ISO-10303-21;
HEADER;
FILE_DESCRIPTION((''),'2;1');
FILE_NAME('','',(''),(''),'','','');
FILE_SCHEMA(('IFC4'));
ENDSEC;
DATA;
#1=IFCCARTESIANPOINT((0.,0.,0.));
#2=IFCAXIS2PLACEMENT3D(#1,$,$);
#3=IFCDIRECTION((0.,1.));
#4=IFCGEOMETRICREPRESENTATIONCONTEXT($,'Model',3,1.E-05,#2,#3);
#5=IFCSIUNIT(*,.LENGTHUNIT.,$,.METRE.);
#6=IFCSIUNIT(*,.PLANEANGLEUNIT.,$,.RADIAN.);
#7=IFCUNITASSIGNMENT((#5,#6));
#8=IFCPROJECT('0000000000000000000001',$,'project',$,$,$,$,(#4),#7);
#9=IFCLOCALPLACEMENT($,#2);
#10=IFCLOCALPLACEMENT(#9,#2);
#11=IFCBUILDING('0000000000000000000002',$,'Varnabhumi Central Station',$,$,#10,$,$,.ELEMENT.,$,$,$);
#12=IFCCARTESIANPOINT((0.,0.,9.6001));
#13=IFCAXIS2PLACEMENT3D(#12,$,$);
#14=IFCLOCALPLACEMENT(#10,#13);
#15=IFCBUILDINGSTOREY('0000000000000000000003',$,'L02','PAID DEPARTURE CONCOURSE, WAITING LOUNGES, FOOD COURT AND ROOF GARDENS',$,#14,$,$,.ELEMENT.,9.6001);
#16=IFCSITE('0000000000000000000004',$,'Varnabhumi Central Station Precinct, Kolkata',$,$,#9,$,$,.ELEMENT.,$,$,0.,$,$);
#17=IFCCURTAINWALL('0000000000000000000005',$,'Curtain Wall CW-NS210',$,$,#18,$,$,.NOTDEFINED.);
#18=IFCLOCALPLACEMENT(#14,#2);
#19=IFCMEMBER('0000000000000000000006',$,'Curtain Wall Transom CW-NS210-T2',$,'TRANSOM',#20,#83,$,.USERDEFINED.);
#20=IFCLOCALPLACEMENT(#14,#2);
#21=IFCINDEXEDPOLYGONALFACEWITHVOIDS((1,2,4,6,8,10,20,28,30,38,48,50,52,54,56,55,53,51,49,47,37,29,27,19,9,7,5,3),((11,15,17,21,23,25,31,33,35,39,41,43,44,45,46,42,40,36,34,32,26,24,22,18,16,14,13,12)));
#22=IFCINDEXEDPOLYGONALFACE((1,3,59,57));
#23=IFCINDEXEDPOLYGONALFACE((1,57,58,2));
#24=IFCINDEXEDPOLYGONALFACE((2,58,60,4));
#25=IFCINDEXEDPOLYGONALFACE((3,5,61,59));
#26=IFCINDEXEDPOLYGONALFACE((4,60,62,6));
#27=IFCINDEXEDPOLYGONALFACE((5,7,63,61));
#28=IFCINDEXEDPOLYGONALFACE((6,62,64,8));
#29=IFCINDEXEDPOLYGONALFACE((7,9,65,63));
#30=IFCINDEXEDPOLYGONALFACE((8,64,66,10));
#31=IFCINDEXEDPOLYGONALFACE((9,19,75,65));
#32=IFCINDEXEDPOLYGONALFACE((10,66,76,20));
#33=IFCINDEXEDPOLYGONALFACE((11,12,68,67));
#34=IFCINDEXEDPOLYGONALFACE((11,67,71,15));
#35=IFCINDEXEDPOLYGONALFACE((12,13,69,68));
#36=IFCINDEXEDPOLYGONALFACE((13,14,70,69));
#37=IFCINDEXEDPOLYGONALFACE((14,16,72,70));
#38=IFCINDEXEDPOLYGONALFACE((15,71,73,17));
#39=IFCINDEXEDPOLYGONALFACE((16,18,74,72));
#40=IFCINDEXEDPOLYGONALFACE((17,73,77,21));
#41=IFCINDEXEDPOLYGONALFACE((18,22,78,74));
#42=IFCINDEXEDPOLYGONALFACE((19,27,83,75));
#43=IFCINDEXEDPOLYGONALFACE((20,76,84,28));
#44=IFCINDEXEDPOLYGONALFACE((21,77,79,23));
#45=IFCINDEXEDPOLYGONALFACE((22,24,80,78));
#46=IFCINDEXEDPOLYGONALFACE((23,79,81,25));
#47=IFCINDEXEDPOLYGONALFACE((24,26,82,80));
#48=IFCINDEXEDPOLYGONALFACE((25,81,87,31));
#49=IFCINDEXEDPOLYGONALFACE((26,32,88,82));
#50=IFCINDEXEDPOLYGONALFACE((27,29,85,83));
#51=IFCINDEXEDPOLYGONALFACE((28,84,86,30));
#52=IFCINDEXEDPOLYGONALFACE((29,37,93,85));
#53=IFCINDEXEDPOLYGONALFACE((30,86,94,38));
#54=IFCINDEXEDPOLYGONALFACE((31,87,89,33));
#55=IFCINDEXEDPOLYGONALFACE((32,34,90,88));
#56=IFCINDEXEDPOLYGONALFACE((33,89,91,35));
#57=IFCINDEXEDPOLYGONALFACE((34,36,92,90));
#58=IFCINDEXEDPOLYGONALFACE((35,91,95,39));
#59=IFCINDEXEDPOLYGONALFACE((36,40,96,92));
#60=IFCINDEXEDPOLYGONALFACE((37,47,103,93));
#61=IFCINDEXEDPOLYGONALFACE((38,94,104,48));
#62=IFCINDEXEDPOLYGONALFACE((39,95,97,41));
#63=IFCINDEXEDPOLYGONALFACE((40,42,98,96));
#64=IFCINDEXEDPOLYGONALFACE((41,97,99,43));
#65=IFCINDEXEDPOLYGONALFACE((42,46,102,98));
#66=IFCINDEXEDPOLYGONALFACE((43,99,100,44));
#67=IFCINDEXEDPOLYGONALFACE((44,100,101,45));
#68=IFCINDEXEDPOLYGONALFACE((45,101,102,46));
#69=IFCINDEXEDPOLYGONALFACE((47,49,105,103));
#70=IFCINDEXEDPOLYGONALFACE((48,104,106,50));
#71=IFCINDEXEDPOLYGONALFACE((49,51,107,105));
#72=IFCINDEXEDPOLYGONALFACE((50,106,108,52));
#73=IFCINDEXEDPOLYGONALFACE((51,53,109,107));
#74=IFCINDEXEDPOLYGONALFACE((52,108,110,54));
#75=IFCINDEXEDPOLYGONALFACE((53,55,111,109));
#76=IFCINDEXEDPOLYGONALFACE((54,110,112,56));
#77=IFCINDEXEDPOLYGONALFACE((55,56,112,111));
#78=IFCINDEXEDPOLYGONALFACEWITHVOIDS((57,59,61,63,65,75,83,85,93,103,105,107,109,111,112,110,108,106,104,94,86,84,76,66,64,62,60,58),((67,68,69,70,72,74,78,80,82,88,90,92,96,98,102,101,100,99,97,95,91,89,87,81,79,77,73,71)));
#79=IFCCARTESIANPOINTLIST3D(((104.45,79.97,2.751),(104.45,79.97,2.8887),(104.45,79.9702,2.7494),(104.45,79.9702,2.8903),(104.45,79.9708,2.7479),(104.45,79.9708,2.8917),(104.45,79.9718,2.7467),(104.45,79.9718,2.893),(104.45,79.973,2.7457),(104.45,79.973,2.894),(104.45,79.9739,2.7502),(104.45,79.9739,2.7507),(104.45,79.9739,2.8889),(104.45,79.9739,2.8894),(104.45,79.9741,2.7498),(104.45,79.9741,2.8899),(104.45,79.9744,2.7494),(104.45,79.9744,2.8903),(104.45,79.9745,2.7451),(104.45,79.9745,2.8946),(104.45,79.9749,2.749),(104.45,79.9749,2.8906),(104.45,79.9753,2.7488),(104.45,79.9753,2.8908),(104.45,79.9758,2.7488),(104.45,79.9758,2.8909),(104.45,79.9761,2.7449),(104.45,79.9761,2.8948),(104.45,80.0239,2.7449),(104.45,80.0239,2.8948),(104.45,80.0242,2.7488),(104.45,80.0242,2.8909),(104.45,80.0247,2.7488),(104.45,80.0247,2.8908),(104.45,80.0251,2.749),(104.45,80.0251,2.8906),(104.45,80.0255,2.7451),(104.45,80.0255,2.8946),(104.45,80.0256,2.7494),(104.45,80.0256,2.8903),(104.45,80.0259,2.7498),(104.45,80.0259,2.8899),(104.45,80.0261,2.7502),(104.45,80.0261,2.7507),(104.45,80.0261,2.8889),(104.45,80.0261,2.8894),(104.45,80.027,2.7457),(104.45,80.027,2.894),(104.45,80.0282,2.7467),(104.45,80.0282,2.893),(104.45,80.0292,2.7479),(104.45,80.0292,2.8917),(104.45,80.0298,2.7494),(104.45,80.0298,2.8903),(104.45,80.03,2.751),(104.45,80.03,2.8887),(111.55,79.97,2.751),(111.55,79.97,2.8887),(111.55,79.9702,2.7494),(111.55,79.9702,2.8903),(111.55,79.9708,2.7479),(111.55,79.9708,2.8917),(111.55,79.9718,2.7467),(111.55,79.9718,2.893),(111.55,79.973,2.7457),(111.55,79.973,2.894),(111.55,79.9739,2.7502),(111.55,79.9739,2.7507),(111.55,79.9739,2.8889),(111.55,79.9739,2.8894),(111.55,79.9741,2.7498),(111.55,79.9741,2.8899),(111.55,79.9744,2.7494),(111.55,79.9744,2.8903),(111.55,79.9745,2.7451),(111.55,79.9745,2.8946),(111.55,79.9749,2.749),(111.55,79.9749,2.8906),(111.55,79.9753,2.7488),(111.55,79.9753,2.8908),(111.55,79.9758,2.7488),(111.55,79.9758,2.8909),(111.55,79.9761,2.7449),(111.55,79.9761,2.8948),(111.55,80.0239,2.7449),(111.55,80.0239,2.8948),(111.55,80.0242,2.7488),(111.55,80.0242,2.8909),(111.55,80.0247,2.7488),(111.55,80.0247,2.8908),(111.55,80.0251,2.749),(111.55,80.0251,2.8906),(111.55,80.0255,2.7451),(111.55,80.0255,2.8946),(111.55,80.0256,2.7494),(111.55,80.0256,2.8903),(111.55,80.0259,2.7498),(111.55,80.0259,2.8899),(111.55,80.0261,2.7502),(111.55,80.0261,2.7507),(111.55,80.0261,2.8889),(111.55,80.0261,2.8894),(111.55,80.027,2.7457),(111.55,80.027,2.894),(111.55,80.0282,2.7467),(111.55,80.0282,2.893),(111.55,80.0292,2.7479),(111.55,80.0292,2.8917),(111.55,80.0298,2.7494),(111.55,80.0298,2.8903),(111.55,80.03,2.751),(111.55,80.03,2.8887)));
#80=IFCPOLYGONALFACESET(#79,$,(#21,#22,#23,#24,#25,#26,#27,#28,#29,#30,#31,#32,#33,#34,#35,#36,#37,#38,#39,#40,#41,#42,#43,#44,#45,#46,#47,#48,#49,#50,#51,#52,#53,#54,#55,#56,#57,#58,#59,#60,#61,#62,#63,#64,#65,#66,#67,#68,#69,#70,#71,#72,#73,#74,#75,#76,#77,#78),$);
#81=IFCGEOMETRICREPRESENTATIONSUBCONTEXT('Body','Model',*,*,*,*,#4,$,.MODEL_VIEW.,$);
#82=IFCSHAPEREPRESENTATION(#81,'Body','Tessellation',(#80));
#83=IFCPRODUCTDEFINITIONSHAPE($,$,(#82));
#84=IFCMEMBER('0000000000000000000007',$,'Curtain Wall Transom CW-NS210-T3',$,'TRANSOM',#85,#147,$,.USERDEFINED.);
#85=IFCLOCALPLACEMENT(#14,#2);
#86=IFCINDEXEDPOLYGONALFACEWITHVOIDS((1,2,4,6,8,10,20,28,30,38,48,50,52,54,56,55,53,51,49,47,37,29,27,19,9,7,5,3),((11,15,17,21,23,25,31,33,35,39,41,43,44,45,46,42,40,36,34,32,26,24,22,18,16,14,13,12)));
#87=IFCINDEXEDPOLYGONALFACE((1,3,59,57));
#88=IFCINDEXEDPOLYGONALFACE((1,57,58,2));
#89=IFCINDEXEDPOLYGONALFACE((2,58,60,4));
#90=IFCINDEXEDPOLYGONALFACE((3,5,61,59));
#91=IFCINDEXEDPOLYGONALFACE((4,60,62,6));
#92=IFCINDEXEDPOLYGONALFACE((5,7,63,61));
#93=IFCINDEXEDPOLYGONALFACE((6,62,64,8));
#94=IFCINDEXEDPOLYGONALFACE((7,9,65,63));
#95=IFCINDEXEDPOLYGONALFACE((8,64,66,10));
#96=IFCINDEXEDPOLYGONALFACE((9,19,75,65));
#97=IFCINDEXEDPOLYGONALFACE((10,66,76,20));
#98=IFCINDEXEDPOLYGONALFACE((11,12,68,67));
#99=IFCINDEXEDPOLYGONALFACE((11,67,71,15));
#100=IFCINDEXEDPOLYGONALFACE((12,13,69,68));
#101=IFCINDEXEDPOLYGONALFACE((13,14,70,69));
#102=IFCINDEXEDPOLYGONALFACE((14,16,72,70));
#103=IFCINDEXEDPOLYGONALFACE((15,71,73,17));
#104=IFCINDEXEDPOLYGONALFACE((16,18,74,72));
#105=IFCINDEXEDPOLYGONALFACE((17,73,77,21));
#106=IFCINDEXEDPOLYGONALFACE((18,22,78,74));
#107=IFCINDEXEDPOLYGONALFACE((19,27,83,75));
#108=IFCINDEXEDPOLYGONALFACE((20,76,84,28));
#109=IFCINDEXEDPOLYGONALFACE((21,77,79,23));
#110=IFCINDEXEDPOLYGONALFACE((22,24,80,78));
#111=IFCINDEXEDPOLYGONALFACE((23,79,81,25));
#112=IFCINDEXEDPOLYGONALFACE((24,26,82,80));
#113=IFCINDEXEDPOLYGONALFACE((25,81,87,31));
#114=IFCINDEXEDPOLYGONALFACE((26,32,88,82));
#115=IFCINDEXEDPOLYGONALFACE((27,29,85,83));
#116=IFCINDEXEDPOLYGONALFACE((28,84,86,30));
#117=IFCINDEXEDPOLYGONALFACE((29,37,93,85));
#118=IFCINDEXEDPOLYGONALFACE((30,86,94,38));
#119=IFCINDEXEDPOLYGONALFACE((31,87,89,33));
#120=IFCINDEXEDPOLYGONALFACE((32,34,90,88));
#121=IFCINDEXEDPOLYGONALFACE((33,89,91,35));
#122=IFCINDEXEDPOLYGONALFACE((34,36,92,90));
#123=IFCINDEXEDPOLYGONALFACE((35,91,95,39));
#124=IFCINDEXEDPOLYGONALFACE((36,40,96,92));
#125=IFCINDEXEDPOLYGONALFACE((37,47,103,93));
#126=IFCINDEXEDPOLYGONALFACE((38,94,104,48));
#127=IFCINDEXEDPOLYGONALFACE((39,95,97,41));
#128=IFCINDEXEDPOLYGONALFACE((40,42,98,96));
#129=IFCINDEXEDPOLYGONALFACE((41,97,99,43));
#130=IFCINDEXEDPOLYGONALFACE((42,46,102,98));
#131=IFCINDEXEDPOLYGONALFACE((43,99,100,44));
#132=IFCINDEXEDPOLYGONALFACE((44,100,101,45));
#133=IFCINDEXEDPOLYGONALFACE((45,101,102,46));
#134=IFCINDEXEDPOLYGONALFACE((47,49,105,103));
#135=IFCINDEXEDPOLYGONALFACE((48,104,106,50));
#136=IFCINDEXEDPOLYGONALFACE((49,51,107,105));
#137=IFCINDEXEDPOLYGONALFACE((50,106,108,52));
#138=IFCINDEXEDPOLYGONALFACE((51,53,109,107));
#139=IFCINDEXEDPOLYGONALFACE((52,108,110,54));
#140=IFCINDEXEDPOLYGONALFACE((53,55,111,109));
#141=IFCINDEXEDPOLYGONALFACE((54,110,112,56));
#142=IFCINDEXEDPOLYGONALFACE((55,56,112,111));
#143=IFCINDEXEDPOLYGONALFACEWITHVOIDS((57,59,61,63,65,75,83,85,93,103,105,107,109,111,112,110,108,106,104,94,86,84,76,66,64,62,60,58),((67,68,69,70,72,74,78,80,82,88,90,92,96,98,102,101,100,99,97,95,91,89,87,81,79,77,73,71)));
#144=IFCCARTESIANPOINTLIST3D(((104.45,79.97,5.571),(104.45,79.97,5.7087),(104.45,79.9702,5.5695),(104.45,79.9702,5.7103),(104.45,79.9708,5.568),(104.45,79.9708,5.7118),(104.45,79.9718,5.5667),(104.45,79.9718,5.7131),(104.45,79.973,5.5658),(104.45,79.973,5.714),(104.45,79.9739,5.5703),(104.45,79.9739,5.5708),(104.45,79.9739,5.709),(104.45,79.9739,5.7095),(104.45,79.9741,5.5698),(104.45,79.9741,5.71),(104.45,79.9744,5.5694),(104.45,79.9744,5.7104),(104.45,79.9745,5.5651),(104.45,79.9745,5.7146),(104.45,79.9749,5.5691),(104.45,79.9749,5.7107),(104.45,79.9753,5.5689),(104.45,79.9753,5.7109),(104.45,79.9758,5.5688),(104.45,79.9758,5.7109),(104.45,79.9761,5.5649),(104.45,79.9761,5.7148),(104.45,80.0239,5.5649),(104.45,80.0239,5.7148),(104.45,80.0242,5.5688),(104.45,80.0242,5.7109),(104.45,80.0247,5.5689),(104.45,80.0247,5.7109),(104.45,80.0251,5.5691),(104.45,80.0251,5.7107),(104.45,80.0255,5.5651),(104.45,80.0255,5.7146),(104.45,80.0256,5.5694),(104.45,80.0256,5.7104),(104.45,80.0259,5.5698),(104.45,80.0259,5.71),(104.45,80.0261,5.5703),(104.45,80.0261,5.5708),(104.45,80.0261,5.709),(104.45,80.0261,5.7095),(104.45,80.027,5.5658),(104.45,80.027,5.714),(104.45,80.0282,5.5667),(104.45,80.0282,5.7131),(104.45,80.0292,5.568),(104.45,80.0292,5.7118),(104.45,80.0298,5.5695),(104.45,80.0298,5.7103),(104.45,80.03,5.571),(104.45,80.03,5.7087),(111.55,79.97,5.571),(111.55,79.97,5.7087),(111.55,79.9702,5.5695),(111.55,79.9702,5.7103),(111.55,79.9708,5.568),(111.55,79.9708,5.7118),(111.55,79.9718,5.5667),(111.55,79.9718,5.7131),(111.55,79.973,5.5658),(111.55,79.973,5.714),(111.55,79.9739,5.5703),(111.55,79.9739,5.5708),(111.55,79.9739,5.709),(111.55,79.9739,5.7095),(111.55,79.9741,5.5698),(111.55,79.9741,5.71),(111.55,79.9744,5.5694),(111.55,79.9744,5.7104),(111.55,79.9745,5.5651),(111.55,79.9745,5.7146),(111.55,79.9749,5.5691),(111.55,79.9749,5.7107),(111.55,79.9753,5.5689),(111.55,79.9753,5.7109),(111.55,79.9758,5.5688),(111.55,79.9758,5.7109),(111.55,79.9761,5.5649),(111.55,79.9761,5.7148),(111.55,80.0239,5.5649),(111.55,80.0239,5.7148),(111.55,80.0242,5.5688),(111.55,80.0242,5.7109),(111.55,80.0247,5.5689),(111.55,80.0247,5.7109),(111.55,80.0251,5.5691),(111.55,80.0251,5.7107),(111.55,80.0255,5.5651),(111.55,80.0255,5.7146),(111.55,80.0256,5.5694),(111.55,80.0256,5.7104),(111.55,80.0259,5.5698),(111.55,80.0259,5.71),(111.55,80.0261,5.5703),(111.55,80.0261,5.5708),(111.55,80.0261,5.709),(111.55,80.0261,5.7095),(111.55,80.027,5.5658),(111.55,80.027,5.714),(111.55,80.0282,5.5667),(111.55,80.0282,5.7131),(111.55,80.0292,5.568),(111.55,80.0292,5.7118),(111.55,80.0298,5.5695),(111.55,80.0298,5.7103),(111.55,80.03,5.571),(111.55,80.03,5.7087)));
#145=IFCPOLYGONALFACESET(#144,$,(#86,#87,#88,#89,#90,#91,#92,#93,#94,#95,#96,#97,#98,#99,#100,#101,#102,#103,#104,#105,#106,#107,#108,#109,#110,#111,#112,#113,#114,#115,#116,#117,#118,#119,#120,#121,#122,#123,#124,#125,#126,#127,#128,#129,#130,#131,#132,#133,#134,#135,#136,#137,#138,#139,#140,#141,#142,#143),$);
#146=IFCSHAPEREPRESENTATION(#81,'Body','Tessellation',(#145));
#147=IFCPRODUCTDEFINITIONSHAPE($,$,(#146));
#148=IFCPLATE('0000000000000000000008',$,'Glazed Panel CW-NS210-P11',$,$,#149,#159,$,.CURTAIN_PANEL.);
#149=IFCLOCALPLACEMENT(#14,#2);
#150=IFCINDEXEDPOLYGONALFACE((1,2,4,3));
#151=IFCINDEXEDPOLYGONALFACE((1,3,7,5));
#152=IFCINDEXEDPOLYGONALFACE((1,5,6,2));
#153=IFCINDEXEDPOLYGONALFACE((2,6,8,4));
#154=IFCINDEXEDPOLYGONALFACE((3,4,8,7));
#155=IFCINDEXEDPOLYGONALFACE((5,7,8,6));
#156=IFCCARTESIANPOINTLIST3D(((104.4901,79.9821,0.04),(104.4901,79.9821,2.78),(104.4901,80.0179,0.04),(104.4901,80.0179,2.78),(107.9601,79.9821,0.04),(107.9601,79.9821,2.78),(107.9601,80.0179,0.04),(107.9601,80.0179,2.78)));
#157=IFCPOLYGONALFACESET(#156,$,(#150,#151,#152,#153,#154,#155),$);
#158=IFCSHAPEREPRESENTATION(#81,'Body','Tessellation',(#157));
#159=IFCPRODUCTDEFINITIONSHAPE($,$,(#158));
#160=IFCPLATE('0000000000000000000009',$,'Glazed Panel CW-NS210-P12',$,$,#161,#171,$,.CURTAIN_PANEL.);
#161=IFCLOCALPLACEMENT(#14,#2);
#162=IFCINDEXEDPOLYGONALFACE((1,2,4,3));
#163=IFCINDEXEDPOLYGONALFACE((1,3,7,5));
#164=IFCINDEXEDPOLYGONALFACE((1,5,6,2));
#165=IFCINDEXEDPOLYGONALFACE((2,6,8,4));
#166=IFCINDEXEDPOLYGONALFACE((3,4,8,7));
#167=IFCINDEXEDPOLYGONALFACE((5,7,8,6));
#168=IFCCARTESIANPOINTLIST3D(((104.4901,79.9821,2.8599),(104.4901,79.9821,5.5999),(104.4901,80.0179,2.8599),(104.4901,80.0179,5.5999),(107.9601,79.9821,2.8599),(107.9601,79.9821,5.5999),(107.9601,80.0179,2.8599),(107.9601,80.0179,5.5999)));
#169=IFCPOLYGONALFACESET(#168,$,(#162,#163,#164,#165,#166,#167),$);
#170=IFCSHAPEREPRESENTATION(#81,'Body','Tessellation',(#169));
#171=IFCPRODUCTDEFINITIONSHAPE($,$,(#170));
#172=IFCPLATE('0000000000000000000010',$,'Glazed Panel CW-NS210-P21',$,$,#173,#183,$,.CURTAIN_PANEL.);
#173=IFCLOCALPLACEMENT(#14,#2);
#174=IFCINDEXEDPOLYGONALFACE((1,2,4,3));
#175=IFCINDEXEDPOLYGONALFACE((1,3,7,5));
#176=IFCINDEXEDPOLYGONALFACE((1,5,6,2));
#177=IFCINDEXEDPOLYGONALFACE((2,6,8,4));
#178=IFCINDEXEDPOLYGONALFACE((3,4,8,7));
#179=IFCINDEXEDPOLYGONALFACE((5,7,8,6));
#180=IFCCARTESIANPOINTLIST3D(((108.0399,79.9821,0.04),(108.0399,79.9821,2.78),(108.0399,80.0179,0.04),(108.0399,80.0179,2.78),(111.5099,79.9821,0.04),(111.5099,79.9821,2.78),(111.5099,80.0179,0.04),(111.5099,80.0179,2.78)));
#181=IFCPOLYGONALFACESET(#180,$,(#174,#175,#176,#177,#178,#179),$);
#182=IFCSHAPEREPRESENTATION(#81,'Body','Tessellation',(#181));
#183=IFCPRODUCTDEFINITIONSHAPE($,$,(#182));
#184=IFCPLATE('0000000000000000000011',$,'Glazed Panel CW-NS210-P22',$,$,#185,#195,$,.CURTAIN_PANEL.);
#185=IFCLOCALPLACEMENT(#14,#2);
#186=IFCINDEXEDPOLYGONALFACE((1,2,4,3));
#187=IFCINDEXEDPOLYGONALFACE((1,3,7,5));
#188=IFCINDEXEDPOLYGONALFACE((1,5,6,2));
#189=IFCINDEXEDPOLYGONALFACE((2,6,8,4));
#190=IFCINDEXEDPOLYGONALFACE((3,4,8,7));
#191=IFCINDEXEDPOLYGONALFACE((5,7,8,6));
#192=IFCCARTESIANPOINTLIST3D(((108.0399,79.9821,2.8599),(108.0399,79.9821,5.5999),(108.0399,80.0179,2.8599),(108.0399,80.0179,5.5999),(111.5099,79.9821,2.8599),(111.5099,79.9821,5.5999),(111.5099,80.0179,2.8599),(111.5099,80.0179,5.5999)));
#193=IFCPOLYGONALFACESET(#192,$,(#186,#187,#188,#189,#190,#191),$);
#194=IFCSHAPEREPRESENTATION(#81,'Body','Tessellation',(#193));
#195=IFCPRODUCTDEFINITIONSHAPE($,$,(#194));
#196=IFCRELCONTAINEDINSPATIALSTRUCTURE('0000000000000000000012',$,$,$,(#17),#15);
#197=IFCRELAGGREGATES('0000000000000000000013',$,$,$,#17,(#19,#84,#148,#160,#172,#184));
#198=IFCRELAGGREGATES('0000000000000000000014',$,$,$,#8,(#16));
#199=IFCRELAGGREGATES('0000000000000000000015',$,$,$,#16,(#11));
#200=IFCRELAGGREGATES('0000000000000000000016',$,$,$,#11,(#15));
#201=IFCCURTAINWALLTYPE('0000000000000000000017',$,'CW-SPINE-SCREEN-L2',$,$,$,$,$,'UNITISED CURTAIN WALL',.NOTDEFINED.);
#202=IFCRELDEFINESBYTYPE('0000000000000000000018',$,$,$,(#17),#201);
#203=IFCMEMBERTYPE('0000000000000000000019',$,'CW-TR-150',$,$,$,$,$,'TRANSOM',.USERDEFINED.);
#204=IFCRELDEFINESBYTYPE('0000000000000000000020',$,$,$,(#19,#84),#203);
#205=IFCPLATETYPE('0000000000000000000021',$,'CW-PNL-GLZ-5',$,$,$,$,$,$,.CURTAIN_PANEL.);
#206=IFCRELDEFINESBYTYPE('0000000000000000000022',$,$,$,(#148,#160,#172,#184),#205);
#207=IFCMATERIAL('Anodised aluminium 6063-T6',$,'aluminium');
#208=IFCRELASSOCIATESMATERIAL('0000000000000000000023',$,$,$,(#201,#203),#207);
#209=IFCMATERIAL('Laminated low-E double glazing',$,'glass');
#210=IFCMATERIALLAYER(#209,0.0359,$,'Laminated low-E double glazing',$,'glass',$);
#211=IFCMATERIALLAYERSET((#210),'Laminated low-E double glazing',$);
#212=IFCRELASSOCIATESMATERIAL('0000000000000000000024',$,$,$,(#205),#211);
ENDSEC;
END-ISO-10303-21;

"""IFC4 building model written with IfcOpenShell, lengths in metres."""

from ifc_helpers import new_model, si_unit, direction, frame, origin, origin_2d, place, context, subcontext, project, spatial, rectangle, hollow_rectangle, extrude, material, layer, layer_set, material_profile, profile_set, type_object, element, aggregate, save


model = new_model("IFC4")

# Units and contexts
model_context = context("Model", 3, precision=1e-05, world=origin(), true_north=direction((0.0, 1.0)))
body_context = subcontext(model_context, "Body", "Model", "MODEL_VIEW")
ifc_project = project(units=[si_unit("LENGTHUNIT", "METRE"), si_unit("PLANEANGLEUNIT", "RADIAN")], contexts=[model_context])

# Site, building, storey
site_placement = place(None, origin())
site = spatial("IfcSite", under=ifc_project, at=site_placement, Name="Varnabhumi Central Station Precinct, Kolkata", CompositionType="ELEMENT", RefElevation=0.0)
building_placement = place(site_placement, origin())
building = spatial("IfcBuilding", under=site, at=building_placement, Name="Varnabhumi Central Station", CompositionType="ELEMENT")
storey_placement = place(building_placement, frame((0.0, 0.0, 9.6001)))
storey = spatial("IfcBuildingStorey", under=building, at=storey_placement, Name="L02", Description="PAID DEPARTURE CONCOURSE, WAITING LOUNGES, FOOD COURT AND ROOF GARDENS", CompositionType="ELEMENT", Elevation=9.6001)

# Curtain wall, members, plates
ifc_material_1 = material(Name="Anodised aluminium 6063-T6", Category="aluminium")
curtain_wall_type = type_object("IfcCurtainWallType", Name="CW-SPINE-SCREEN-L2", ElementType="UNITISED CURTAIN WALL", PredefinedType="NOTDEFINED", material=ifc_material_1)
curtain_wall_placement = place(storey_placement, origin())
curtain_wall = element("IfcCurtainWall", 1, at=curtain_wall_placement, inside=storey, type_object=curtain_wall_type, Name="Curtain Wall CW-NS210", PredefinedType="NOTDEFINED")
ifc_material_profile_1 = material_profile(ifc_material_1, hollow_rectangle(XDim=0.0601, YDim=0.1499, WallThickness=0.0039, InnerFilletRadius=0.002, OuterFilletRadius=0.0061, at=origin_2d()), Name="Anodised aluminium 6063-T6", Category="aluminium")
ifc_profile_set_1 = profile_set([ifc_material_profile_1], Name="Anodised aluminium 6063-T6")
member_type_1 = type_object("IfcMemberType", Name="CW-TR-150", ElementType="TRANSOM", PredefinedType="USERDEFINED", material=ifc_profile_set_1)
member_1_placement = place(storey_placement, frame((104.45, 80.0, 2.8198), z_axis=(1.0, 0.0, 0.0), x_axis=(0.0, 1.0, 0.0)))
member_1 = element("IfcMember", 2, at=member_1_placement, type_object=member_type_1, Name="Curtain Wall Transom CW-NS210-T2", ObjectType="TRANSOM", PredefinedType="USERDEFINED", context=body_context, shape_type="SweptSolid", body=[
    extrude(hollow_rectangle(XDim=0.0601, YDim=0.1499, WallThickness=0.0039, InnerFilletRadius=0.002, OuterFilletRadius=0.0061, at=origin_2d()), origin(), (0.0, 0.0, 1.0), 7.1001),
])
member_2_placement = place(storey_placement, frame((104.45, 80.0, 5.6399), z_axis=(1.0, 0.0, 0.0), x_axis=(0.0, 1.0, 0.0)))
member_2 = element("IfcMember", 3, at=member_2_placement, type_object=member_type_1, Name="Curtain Wall Transom CW-NS210-T3", ObjectType="TRANSOM", PredefinedType="USERDEFINED", context=body_context, shape_type="SweptSolid", body=[
    extrude(hollow_rectangle(XDim=0.0601, YDim=0.1499, WallThickness=0.0039, InnerFilletRadius=0.002, OuterFilletRadius=0.0061, at=origin_2d()), origin(), (0.0, 0.0, 1.0), 7.1001),
])
ifc_material_2 = material(Name="Laminated low-E double glazing", Category="glass")
ifc_layer_1 = layer(ifc_material_2, 0.0359, Name="Laminated low-E double glazing", Category="glass")
ifc_layer_set_1 = layer_set([ifc_layer_1], Name="Laminated low-E double glazing")
plate_type_1 = type_object("IfcPlateType", Name="CW-PNL-GLZ-5", PredefinedType="CURTAIN_PANEL", material=ifc_layer_set_1)
plate_1_placement = place(storey_placement, frame((106.2251, 80.0, 0.04), z_axis=(0.0, 0.0, 1.0), x_axis=(1.0, 0.0, 0.0)))
plate_1 = element("IfcPlate", 4, at=plate_1_placement, type_object=plate_type_1, Name="Glazed Panel CW-NS210-P11", PredefinedType="CURTAIN_PANEL", context=body_context, shape_type="SweptSolid", body=[
    extrude(rectangle(XDim=3.47, YDim=0.0359, at=origin_2d()), origin(), (0.0, 0.0, 1.0), 2.74),
])
plate_2_placement = place(storey_placement, frame((106.2251, 80.0, 2.8599), z_axis=(0.0, 0.0, 1.0), x_axis=(1.0, 0.0, 0.0)))
plate_2 = element("IfcPlate", 5, at=plate_2_placement, type_object=plate_type_1, Name="Glazed Panel CW-NS210-P12", PredefinedType="CURTAIN_PANEL", context=body_context, shape_type="SweptSolid", body=[
    extrude(rectangle(XDim=3.47, YDim=0.0359, at=origin_2d()), origin(), (0.0, 0.0, 1.0), 2.74),
])
plate_3_placement = place(storey_placement, frame((109.7749, 80.0, 0.04), z_axis=(0.0, 0.0, 1.0), x_axis=(1.0, 0.0, 0.0)))
plate_3 = element("IfcPlate", 6, at=plate_3_placement, type_object=plate_type_1, Name="Glazed Panel CW-NS210-P21", PredefinedType="CURTAIN_PANEL", context=body_context, shape_type="SweptSolid", body=[
    extrude(rectangle(XDim=3.47, YDim=0.0359, at=origin_2d()), origin(), (0.0, 0.0, 1.0), 2.74),
])
plate_4_placement = place(storey_placement, frame((109.7749, 80.0, 2.8599), z_axis=(0.0, 0.0, 1.0), x_axis=(1.0, 0.0, 0.0)))
plate_4 = element("IfcPlate", 7, at=plate_4_placement, type_object=plate_type_1, Name="Glazed Panel CW-NS210-P22", PredefinedType="CURTAIN_PANEL", context=body_context, shape_type="SweptSolid", body=[
    extrude(rectangle(XDim=3.47, YDim=0.0359, at=origin_2d()), origin(), (0.0, 0.0, 1.0), 2.74),
])
aggregate(curtain_wall, [member_1, member_2, plate_1, plate_2, plate_3, plate_4])

save(model, "model.ifc")
